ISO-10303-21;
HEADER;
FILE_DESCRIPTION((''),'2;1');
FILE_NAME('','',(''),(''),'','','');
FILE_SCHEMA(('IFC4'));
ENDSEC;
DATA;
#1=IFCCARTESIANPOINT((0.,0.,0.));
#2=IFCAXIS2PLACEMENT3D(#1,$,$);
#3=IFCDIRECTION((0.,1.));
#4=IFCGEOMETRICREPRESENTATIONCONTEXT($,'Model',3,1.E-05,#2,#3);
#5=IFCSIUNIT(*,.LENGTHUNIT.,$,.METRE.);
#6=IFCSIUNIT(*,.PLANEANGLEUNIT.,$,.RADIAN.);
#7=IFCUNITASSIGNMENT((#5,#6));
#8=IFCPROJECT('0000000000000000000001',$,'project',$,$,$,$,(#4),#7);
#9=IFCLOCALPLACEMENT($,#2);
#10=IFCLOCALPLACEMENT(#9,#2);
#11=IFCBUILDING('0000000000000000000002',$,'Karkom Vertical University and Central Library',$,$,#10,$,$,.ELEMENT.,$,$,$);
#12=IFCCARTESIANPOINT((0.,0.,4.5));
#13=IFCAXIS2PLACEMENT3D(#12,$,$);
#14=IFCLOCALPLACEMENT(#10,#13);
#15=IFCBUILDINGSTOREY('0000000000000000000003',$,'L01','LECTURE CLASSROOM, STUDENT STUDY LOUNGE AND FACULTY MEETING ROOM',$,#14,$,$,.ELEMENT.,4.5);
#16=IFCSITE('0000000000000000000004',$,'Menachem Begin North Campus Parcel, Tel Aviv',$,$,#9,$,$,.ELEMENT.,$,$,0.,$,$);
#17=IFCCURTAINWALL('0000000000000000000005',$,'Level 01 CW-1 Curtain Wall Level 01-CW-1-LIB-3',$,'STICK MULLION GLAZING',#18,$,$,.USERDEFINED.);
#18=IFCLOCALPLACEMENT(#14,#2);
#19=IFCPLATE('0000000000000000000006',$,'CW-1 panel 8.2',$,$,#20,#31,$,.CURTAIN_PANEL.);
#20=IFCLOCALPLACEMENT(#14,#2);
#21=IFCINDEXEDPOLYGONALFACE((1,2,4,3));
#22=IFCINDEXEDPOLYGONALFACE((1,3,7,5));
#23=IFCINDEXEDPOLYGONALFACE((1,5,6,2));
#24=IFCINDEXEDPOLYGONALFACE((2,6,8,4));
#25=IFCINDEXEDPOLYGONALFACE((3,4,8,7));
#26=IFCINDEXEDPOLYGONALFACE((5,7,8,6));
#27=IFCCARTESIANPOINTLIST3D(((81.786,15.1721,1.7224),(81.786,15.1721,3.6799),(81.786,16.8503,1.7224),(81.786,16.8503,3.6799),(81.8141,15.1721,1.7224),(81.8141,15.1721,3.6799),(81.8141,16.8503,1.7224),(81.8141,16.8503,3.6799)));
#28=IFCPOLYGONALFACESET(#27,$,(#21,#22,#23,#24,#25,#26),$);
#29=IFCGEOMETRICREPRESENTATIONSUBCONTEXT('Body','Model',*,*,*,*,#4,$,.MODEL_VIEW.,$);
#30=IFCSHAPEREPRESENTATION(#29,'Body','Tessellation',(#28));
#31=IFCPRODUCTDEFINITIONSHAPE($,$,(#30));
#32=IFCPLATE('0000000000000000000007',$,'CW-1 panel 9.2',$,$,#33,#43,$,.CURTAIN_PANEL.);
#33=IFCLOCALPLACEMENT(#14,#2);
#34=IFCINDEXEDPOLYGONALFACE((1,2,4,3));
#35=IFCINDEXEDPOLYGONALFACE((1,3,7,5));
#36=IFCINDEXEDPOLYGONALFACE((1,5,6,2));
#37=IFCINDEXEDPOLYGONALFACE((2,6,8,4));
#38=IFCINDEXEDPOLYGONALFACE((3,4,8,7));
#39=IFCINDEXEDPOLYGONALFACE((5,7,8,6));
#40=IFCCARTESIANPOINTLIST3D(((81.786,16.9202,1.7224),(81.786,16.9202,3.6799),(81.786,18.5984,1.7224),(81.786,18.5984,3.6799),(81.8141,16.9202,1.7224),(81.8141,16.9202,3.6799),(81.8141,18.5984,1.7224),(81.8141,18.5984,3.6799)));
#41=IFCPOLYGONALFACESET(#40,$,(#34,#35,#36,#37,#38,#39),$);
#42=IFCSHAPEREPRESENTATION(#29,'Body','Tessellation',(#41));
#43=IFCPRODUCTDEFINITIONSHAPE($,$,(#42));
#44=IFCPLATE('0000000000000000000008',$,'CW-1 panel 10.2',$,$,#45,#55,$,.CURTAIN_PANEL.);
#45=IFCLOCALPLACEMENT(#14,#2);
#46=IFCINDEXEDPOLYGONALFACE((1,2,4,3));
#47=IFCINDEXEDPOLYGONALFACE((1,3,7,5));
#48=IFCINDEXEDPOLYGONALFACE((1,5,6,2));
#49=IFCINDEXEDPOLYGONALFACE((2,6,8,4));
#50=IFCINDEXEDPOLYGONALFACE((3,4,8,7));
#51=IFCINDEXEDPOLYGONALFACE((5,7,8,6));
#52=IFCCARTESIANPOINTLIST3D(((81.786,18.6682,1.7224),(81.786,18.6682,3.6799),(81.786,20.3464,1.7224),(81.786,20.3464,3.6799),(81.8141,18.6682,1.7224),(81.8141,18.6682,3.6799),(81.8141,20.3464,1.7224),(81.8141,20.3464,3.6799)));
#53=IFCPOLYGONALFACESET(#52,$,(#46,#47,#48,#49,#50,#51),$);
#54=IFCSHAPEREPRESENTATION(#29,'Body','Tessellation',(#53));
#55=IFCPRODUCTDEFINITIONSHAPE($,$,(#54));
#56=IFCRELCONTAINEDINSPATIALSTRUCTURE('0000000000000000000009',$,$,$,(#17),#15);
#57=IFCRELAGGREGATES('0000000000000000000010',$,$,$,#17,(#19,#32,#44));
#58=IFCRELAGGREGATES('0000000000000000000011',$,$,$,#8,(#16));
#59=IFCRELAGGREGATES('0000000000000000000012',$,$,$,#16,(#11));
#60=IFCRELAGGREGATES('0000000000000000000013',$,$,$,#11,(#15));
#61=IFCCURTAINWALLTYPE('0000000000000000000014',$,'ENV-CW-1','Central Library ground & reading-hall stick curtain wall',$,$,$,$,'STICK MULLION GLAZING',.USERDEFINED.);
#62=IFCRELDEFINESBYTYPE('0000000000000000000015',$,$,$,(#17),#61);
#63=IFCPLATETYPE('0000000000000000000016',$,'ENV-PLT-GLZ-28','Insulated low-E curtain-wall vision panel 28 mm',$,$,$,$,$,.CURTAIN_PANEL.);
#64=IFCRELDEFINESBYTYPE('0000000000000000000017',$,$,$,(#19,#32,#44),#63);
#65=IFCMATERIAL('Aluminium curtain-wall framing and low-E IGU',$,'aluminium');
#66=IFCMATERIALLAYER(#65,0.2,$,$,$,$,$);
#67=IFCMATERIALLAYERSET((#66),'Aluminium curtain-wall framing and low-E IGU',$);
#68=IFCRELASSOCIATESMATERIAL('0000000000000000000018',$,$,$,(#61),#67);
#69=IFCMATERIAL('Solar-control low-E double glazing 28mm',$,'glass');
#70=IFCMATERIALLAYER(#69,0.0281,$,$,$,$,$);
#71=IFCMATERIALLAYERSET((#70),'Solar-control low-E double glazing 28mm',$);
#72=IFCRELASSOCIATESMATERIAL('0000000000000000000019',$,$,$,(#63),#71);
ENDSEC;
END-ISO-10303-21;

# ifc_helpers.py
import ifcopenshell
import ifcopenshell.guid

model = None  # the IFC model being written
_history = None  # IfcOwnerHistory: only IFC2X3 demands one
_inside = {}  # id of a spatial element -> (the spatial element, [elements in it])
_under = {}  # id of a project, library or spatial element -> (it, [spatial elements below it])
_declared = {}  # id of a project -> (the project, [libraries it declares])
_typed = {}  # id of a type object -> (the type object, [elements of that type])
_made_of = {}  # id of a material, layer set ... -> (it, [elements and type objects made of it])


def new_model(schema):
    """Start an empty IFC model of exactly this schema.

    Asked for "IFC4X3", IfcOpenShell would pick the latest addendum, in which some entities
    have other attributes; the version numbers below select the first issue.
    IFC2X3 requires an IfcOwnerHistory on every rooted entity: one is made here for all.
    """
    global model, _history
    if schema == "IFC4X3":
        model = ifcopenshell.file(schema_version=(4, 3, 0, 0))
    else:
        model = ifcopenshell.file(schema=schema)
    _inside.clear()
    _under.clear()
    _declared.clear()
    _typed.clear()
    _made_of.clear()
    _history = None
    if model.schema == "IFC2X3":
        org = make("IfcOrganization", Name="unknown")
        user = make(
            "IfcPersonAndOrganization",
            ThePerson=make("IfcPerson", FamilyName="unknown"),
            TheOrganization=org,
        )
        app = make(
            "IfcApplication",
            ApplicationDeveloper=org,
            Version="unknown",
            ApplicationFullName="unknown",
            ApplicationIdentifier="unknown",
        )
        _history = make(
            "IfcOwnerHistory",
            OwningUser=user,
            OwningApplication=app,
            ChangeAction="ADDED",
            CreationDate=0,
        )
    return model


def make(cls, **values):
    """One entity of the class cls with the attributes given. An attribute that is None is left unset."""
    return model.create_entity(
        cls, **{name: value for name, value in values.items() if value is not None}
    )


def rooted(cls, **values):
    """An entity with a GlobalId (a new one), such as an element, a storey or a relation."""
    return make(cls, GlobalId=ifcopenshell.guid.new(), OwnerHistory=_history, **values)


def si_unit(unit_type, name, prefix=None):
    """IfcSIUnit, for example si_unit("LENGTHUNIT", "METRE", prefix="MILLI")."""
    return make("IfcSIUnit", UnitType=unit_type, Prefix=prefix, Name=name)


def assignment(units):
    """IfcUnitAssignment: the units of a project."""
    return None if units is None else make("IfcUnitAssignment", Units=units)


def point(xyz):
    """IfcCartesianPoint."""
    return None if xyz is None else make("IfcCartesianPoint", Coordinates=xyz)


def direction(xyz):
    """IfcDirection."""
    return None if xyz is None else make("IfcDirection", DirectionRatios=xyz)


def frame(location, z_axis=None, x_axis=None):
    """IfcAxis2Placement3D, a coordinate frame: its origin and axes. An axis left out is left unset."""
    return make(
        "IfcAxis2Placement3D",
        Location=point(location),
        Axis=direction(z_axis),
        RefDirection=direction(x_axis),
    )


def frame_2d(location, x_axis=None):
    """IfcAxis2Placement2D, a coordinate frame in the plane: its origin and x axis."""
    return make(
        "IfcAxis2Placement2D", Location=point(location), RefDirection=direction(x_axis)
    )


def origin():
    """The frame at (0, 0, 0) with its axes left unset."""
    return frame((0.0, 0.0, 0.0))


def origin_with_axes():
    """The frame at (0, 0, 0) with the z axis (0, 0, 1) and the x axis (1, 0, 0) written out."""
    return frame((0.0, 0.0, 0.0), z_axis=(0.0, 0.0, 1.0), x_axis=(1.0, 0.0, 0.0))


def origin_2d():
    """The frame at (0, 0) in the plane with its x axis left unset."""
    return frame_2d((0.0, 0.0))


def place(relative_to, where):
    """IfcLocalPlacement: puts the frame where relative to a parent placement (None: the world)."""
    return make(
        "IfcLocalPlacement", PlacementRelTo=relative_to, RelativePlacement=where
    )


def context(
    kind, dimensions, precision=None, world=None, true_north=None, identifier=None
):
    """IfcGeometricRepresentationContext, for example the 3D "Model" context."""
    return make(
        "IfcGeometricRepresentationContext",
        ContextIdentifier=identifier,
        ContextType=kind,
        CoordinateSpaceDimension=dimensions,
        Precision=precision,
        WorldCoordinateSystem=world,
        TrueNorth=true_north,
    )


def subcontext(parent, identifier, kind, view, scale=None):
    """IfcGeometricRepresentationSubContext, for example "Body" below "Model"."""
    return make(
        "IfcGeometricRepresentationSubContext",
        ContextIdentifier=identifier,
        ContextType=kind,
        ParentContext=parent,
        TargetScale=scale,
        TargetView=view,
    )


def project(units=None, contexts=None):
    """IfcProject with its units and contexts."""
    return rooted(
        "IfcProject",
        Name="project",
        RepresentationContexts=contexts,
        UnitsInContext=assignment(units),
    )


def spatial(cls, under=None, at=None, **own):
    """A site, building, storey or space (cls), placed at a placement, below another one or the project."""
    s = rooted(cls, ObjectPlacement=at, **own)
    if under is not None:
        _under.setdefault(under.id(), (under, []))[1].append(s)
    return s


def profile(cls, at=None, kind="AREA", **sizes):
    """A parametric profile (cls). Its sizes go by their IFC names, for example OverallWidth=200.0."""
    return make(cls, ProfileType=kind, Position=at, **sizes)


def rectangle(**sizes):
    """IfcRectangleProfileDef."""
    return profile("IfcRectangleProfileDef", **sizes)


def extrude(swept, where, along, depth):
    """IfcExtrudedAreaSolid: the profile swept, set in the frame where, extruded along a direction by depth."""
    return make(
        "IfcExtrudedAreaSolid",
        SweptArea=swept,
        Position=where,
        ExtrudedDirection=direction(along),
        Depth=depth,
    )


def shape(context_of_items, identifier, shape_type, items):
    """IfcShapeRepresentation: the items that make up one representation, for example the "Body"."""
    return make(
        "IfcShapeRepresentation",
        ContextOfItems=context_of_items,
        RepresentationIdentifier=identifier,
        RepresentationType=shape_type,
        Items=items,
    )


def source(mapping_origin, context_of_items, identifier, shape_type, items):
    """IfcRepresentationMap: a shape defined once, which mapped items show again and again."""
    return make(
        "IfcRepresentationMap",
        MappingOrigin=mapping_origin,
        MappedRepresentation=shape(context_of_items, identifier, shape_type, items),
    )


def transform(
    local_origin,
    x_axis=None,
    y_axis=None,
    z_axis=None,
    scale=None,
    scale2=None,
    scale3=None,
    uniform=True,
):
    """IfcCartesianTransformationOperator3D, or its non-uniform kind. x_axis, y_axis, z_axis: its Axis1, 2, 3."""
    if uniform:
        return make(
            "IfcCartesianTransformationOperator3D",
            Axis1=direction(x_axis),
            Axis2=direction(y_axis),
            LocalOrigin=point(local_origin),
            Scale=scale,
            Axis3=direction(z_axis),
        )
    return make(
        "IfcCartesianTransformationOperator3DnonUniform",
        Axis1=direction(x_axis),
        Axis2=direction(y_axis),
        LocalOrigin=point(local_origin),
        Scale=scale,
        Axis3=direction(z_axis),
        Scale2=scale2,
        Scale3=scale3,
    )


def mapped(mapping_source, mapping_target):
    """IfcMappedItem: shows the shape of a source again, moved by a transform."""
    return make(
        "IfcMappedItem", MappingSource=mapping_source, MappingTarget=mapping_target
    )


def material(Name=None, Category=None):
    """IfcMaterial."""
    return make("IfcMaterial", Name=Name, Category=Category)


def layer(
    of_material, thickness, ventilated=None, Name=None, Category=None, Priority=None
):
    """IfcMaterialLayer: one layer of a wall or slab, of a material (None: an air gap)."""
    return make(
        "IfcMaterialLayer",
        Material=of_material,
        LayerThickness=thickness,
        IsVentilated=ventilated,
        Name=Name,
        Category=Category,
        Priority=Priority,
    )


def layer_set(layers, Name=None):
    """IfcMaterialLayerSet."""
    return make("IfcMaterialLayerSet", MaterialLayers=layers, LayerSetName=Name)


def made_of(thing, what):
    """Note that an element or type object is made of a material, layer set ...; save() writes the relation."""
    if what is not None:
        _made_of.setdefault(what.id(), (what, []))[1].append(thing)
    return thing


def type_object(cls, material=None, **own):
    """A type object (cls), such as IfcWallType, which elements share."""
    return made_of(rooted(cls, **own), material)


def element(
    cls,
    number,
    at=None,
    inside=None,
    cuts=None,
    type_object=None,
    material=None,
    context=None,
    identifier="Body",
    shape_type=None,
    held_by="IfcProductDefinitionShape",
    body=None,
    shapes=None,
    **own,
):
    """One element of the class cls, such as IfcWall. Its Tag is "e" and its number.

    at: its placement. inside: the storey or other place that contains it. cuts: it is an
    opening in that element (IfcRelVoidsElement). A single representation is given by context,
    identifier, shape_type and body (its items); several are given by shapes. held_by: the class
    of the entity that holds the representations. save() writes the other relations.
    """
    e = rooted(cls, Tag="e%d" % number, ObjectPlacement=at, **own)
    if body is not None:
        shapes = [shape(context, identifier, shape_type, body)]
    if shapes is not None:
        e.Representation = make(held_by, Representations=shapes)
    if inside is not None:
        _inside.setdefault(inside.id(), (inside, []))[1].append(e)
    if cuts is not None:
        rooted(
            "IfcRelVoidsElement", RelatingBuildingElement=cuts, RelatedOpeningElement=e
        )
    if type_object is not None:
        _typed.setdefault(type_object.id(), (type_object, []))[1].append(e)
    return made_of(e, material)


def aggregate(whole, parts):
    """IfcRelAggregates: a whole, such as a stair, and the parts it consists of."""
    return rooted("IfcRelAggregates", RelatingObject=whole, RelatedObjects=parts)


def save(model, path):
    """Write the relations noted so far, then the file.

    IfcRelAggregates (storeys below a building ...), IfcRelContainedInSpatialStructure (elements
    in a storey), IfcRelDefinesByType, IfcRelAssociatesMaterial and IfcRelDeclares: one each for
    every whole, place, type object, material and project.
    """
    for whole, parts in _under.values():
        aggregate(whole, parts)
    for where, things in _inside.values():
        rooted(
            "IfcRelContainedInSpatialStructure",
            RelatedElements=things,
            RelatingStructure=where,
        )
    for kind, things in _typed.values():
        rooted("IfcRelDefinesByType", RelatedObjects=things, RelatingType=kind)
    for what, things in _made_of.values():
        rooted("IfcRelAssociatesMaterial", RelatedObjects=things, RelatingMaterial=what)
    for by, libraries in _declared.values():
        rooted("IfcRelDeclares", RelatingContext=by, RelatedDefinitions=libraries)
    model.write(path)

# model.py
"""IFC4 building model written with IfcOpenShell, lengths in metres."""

from ifc_helpers import new_model, si_unit, direction, frame, origin, origin_with_axes, origin_2d, place, context, subcontext, project, spatial, rectangle, extrude, source, transform, mapped, material, layer, layer_set, type_object, element, aggregate, save


model = new_model("IFC4")

# Units and contexts
model_context = context("Model", 3, precision=1e-05, world=origin(), true_north=direction((0.0, 1.0)))
body_context = subcontext(model_context, "Body", "Model", "MODEL_VIEW")
ifc_project = project(units=[si_unit("LENGTHUNIT", "METRE"), si_unit("PLANEANGLEUNIT", "RADIAN")], contexts=[model_context])

# Site, building, storey
site_placement = place(None, origin())
site = spatial("IfcSite", under=ifc_project, at=site_placement, Name="Menachem Begin North Campus Parcel, Tel Aviv", CompositionType="ELEMENT", RefElevation=0.0)
building_placement = place(site_placement, origin())
building = spatial("IfcBuilding", under=site, at=building_placement, Name="Karkom Vertical University and Central Library", CompositionType="ELEMENT")
storey_placement = place(building_placement, frame((0.0, 0.0, 4.5)))
storey = spatial("IfcBuildingStorey", under=building, at=storey_placement, Name="L01", Description="LECTURE CLASSROOM, STUDENT STUDY LOUNGE AND FACULTY MEETING ROOM", CompositionType="ELEMENT", Elevation=4.5)

# Curtain wall, plates
ifc_material_1 = material(Name="Aluminium curtain-wall framing and low-E IGU", Category="aluminium")
ifc_layer_1 = layer(ifc_material_1, 0.2)
ifc_layer_set_1 = layer_set([ifc_layer_1], Name="Aluminium curtain-wall framing and low-E IGU")
curtain_wall_type = type_object("IfcCurtainWallType", Name="ENV-CW-1", Description="Central Library ground & reading-hall stick curtain wall", ElementType="STICK MULLION GLAZING", PredefinedType="USERDEFINED", material=ifc_layer_set_1)
curtain_wall_placement = place(storey_placement, origin())
curtain_wall = element("IfcCurtainWall", 1, at=curtain_wall_placement, inside=storey, type_object=curtain_wall_type, Name="Level 01 CW-1 Curtain Wall Level 01-CW-1-LIB-3", ObjectType="STICK MULLION GLAZING", PredefinedType="USERDEFINED")
ifc_material_2 = material(Name="Solar-control low-E double glazing 28mm", Category="glass")
ifc_layer_2 = layer(ifc_material_2, 0.0281)
ifc_layer_set_2 = layer_set([ifc_layer_2], Name="Solar-control low-E double glazing 28mm")
plate_type = type_object("IfcPlateType", Name="ENV-PLT-GLZ-28", Description="Insulated low-E curtain-wall vision panel 28 mm", PredefinedType="CURTAIN_PANEL", material=ifc_layer_set_2)
shared_shape_1 = source(origin_with_axes(), body_context, "Body", "SweptSolid", [
    extrude(rectangle(XDim=1.6782, YDim=0.0281, at=origin_2d()), origin(), (0.0, 0.0, 1.0), 1.9575),
])
plate_1_placement = place(storey_placement, frame((81.8, 16.0112, 1.7224), z_axis=(0.0, 0.0, 1.0), x_axis=(0.0, 1.0, 0.0)))
plate_1 = element("IfcPlate", 2, at=plate_1_placement, type_object=plate_type, Name="CW-1 panel 8.2", PredefinedType="CURTAIN_PANEL", context=body_context, shape_type="MappedRepresentation", body=[
    mapped(shared_shape_1, transform((0.0, 0.0, 0.0), scale=1.0)),
])
plate_2_placement = place(storey_placement, frame((81.8, 17.7593, 1.7224), z_axis=(0.0, 0.0, 1.0), x_axis=(0.0, 1.0, 0.0)))
plate_2 = element("IfcPlate", 3, at=plate_2_placement, type_object=plate_type, Name="CW-1 panel 9.2", PredefinedType="CURTAIN_PANEL", context=body_context, shape_type="MappedRepresentation", body=[
    mapped(shared_shape_1, transform((0.0, 0.0, 0.0), scale=1.0)),
])
plate_3_placement = place(storey_placement, frame((81.8, 19.5073, 1.7224), z_axis=(0.0, 0.0, 1.0), x_axis=(0.0, 1.0, 0.0)))
plate_3 = element("IfcPlate", 4, at=plate_3_placement, type_object=plate_type, Name="CW-1 panel 10.2", PredefinedType="CURTAIN_PANEL", context=body_context, shape_type="MappedRepresentation", body=[
    mapped(shared_shape_1, transform((0.0, 0.0, 0.0), scale=1.0)),
])
aggregate(curtain_wall, [plate_1, plate_2, plate_3])

save(model, "model.ifc")
